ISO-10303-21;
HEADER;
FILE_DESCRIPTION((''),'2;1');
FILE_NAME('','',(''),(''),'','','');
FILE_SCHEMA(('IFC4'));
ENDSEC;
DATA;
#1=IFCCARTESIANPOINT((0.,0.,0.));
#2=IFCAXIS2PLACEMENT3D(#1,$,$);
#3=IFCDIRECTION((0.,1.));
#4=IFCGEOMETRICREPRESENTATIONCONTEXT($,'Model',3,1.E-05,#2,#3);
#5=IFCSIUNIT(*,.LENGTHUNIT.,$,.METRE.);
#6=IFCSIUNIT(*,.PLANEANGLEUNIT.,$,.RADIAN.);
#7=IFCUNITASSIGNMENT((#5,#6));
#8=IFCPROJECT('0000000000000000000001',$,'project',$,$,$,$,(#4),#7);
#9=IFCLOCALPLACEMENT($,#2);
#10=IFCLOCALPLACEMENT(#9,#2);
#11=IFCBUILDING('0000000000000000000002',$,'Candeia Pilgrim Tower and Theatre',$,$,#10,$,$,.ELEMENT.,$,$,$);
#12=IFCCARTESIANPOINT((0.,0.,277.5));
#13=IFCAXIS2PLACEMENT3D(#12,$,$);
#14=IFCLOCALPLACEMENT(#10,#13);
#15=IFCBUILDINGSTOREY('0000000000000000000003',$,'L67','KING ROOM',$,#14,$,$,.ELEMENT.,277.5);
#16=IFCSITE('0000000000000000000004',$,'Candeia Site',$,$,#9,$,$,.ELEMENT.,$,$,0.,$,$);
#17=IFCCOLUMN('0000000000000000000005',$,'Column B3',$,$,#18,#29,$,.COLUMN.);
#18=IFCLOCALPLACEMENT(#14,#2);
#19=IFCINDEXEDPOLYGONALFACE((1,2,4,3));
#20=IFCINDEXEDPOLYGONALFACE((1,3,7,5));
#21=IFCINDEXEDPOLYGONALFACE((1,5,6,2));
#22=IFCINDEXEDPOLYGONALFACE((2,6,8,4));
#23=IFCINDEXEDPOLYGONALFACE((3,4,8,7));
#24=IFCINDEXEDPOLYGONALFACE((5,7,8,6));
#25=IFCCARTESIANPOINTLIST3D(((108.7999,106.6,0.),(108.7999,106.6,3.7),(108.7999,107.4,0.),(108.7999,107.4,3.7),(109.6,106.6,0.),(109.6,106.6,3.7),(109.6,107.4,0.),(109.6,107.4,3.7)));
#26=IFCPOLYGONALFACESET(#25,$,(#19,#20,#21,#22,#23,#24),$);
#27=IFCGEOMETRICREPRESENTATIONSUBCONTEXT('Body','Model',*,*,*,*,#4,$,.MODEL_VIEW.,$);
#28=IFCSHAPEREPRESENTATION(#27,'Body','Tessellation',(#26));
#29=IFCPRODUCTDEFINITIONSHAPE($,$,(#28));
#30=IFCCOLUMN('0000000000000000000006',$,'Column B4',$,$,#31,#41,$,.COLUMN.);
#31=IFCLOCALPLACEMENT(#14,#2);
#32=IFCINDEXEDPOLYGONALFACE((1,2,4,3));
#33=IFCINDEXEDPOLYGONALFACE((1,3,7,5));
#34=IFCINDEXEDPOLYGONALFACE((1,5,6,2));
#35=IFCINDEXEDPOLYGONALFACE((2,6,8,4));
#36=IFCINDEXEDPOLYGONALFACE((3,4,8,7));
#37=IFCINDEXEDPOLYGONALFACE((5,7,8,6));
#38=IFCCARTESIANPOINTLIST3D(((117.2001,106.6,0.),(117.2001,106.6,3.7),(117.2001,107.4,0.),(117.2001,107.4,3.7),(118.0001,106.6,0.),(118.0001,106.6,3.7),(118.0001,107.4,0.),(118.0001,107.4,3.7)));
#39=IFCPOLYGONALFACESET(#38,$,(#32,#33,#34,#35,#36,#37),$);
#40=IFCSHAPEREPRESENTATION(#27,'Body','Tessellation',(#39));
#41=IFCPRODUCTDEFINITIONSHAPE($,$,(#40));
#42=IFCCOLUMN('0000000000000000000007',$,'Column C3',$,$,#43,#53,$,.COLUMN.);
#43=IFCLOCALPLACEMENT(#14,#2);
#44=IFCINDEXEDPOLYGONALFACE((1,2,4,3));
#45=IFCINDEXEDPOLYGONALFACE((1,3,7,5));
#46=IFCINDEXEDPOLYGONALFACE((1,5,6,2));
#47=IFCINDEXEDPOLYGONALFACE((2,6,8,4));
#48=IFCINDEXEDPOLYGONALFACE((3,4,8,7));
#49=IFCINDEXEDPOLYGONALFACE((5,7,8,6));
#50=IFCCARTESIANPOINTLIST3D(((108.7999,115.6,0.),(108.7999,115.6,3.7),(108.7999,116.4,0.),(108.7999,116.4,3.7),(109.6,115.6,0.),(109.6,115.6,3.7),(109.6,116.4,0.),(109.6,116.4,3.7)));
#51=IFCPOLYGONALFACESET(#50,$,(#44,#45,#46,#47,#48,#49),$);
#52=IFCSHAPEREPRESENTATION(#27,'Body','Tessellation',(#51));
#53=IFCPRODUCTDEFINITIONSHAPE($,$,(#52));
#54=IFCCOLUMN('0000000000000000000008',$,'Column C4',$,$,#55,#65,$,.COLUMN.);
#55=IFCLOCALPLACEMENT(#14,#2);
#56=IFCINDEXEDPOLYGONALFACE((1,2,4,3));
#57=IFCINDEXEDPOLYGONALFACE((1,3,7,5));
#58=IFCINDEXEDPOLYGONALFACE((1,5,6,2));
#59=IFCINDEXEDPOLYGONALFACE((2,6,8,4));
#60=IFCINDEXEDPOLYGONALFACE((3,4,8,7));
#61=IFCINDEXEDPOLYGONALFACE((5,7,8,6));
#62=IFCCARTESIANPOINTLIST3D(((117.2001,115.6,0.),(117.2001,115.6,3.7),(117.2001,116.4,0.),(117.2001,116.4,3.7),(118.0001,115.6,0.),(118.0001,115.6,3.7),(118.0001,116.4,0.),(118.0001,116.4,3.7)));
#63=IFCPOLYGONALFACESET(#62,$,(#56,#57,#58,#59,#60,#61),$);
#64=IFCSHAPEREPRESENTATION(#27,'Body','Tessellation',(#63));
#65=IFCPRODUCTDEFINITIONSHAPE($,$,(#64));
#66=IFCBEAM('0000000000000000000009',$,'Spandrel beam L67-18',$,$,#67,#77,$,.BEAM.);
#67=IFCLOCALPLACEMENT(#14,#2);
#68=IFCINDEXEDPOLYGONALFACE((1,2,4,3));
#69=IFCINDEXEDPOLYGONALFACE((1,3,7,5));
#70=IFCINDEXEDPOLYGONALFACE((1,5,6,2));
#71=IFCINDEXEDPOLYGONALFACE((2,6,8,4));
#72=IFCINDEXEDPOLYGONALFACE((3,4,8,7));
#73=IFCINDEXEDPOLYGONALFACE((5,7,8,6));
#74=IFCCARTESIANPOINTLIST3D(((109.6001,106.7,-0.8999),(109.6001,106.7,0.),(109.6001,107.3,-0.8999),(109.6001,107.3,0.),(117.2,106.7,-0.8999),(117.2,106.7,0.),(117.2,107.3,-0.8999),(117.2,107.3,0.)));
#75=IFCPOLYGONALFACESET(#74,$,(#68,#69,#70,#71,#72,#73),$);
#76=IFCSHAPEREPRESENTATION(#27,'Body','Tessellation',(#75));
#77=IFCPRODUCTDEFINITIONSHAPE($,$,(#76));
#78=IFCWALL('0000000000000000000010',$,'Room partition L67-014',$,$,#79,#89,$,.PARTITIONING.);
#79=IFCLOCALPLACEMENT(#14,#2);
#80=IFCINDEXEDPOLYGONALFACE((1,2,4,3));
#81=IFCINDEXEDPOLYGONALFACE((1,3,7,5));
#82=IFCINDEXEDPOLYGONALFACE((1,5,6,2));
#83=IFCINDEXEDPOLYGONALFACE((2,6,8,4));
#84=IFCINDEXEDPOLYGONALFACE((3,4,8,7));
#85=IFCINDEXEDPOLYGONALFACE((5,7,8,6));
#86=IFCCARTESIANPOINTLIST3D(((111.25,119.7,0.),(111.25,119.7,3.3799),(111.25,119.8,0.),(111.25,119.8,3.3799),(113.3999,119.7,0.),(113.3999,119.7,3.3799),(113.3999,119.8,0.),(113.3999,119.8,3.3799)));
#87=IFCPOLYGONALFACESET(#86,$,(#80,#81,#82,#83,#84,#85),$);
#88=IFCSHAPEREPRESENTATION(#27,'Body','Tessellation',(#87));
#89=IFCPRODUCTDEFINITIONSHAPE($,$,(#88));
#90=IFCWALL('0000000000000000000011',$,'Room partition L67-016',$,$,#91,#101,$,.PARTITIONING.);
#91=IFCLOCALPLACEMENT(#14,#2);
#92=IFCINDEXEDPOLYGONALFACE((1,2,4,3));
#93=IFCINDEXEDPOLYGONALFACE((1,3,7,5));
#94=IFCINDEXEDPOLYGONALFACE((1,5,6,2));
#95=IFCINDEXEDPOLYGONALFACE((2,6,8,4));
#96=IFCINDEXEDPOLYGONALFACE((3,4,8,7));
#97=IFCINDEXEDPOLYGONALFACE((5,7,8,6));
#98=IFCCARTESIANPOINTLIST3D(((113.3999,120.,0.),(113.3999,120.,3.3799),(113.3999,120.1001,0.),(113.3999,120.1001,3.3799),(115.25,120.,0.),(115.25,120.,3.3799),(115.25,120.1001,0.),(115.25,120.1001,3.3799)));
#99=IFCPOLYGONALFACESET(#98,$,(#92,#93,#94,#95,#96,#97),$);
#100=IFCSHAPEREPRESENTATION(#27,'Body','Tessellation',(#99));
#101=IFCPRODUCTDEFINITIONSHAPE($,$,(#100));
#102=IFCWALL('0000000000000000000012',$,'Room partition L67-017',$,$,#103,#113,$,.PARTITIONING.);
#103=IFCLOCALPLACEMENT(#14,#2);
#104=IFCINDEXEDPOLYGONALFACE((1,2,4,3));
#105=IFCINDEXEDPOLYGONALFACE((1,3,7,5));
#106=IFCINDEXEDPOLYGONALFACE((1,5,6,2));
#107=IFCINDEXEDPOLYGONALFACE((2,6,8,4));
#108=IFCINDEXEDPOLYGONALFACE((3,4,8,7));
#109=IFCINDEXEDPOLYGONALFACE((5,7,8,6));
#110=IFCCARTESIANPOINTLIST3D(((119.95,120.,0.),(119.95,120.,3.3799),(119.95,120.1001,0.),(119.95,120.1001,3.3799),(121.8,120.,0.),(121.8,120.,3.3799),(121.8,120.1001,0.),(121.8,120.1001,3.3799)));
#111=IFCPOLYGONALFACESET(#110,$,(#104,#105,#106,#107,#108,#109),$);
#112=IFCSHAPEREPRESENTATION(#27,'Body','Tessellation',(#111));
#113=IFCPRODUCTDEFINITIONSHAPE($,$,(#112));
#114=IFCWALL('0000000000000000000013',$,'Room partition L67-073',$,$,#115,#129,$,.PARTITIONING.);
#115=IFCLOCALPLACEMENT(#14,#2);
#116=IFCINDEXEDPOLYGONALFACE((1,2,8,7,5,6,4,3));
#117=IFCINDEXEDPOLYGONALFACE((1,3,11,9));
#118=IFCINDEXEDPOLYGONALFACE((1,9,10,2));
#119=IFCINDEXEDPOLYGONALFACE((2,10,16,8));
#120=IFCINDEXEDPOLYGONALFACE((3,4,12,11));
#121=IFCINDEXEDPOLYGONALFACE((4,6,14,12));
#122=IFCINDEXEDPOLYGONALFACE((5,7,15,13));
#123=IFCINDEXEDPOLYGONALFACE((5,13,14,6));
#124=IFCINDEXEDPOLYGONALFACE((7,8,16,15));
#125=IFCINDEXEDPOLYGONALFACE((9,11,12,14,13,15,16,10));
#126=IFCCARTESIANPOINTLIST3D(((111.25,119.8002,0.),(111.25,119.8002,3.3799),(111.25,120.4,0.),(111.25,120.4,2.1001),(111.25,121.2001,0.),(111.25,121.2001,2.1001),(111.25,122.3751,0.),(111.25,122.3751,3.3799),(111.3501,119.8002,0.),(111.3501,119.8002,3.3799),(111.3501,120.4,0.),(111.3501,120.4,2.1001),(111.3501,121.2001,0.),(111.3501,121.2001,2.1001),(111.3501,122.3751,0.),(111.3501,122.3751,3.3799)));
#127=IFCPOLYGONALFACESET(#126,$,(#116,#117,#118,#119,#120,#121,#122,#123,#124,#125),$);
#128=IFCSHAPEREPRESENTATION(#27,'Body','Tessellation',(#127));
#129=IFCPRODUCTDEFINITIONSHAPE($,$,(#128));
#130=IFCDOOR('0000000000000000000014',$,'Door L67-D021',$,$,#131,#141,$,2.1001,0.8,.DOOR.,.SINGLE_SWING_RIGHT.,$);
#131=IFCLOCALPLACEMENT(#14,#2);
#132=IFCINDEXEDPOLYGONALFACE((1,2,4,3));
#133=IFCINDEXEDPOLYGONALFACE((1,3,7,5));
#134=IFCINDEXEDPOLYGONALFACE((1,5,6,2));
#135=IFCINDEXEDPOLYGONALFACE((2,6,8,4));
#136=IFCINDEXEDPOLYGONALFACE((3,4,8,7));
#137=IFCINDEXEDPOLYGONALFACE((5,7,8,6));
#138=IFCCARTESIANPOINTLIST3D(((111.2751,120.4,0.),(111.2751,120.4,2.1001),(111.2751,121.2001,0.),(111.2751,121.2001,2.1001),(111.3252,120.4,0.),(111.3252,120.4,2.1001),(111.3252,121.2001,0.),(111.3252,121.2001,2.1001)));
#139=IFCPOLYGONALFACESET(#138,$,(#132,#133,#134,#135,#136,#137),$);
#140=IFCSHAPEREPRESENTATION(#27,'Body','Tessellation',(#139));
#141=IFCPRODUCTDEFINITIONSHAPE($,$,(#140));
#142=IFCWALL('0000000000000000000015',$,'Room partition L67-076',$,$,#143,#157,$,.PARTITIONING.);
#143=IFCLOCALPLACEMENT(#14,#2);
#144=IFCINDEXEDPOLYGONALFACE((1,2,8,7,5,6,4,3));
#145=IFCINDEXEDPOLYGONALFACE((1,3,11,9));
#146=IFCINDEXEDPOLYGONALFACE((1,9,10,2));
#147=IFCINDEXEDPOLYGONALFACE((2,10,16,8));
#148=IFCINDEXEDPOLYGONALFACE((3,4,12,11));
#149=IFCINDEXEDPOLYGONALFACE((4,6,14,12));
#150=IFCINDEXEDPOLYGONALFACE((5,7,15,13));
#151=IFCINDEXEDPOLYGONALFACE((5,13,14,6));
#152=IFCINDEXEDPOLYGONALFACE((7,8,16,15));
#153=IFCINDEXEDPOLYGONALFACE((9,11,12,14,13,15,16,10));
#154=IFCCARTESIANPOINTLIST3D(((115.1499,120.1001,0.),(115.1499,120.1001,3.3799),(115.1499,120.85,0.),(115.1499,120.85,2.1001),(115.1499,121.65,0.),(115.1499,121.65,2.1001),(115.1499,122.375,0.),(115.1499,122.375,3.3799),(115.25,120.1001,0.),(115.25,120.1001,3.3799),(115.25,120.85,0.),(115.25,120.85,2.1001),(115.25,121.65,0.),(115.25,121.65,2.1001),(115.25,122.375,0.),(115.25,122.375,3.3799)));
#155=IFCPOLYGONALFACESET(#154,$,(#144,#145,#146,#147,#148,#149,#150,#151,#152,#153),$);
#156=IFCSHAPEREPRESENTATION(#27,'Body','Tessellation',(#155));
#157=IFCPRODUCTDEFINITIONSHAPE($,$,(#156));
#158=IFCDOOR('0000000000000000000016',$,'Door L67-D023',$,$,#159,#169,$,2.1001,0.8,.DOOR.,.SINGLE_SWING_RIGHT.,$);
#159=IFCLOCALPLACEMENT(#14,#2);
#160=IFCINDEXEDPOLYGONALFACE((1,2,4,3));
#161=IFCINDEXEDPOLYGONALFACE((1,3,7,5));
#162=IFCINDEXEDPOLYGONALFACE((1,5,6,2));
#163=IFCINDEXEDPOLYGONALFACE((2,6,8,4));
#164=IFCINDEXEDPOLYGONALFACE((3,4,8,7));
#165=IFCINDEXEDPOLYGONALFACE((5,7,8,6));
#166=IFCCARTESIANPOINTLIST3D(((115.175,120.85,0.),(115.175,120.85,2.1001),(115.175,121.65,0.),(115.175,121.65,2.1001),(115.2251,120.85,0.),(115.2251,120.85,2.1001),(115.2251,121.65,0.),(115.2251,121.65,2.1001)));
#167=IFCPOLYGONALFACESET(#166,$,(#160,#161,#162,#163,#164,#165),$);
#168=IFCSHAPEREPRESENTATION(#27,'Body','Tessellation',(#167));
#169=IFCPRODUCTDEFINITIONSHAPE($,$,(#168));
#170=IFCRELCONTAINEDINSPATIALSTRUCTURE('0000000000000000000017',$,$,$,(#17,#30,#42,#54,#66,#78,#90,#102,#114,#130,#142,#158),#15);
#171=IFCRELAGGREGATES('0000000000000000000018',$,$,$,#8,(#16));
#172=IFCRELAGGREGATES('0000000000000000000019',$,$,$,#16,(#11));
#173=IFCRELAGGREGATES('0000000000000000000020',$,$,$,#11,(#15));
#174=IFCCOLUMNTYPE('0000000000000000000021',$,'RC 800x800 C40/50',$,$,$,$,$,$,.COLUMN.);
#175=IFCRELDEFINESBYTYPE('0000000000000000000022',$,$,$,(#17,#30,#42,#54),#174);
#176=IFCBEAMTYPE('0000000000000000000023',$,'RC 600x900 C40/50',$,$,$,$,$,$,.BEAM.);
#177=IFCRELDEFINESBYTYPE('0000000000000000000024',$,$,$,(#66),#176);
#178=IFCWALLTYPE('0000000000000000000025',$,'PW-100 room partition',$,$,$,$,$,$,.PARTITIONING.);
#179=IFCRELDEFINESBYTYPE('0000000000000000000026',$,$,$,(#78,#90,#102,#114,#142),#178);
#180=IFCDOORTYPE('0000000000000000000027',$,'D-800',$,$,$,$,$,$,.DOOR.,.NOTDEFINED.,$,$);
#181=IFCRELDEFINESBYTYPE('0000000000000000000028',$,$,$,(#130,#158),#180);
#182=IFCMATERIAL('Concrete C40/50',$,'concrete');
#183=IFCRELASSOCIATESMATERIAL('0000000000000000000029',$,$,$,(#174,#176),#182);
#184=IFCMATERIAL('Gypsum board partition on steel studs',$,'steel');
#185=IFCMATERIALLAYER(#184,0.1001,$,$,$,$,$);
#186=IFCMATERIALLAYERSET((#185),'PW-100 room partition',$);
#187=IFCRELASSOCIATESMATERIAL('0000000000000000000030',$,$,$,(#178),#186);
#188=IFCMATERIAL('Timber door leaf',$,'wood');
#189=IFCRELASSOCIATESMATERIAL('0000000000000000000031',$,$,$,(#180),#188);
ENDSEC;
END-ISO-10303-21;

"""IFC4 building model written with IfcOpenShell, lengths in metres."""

from ifc_helpers import new_model, si_unit, direction, frame, frame_2d, origin, origin_2d, place, context, subcontext, project, spatial, rectangle, extrude, material, layer, layer_set, material_profile, profile_set, type_object, element, fill, save


model = new_model("IFC4")

# Units and contexts
model_context = context("Model", 3, precision=1e-05, world=origin(), true_north=direction((0.0, 1.0)))
body_context = subcontext(model_context, "Body", "Model", "MODEL_VIEW")
ifc_project = project(units=[si_unit("LENGTHUNIT", "METRE"), si_unit("PLANEANGLEUNIT", "RADIAN")], contexts=[model_context])

# Site, building, storey
site_placement = place(None, origin())
site = spatial("IfcSite", under=ifc_project, at=site_placement, Name="Candeia Site", CompositionType="ELEMENT", RefElevation=0.0)
building_placement = place(site_placement, origin())
building = spatial("IfcBuilding", under=site, at=building_placement, Name="Candeia Pilgrim Tower and Theatre", CompositionType="ELEMENT")
storey_placement = place(building_placement, frame((0.0, 0.0, 277.5)))
storey = spatial("IfcBuildingStorey", under=building, at=storey_placement, Name="L67", Description="KING ROOM", CompositionType="ELEMENT", Elevation=277.5)

# Columns
ifc_material_1 = material(Name="Concrete C40/50", Category="concrete")
ifc_material_profile_1 = material_profile(ifc_material_1, rectangle(XDim=0.8, YDim=0.8, at=origin_2d()))
ifc_profile_set_1 = profile_set([ifc_material_profile_1], Name="Concrete C40/50")
column_type = type_object("IfcColumnType", Name="RC 800x800 C40/50", PredefinedType="COLUMN", material=ifc_profile_set_1)
for number, where, z_axis, x_axis, name in (
    (1, (109.2, 107.0, 0.0), (0.0, 0.0, 1.0), (1.0, 0.0, 0.0), "Column B3"),
    (2, (117.6001, 107.0, 0.0), (0.0, 0.0, 1.0), (1.0, 0.0, 0.0), "Column B4"),
    (3, (109.2, 116.0, 0.0), (0.0, 0.0, 1.0), (1.0, 0.0, 0.0), "Column C3"),
    (4, (117.6001, 116.0, 0.0), (0.0, 0.0, 1.0), (1.0, 0.0, 0.0), "Column C4"),
):
    element("IfcColumn", number, at=place(storey_placement, frame(where, z_axis=z_axis, x_axis=x_axis)), inside=storey, type_object=column_type, Name=name, PredefinedType="COLUMN", context=body_context, shape_type="SweptSolid", body=[
        extrude(rectangle(XDim=0.8, YDim=0.8, at=origin_2d()), origin(), (0.0, 0.0, 1.0), 3.7),
    ])

# Beam
ifc_material_profile_2 = material_profile(ifc_material_1, rectangle(XDim=0.6001, YDim=0.8999, at=origin_2d()))
ifc_profile_set_2 = profile_set([ifc_material_profile_2], Name="Concrete C40/50")
beam_type = type_object("IfcBeamType", Name="RC 600x900 C40/50", PredefinedType="BEAM", material=ifc_profile_set_2)
beam_placement = place(storey_placement, frame((117.2, 107.0, -0.45), z_axis=(-1.0, 0.0, 0.0), x_axis=(0.0, -1.0, 0.0)))
element("IfcBeam", 5, at=beam_placement, inside=storey, type_object=beam_type, Name="Spandrel beam L67-18", PredefinedType="BEAM", context=body_context, shape_type="SweptSolid", body=[
    extrude(rectangle(XDim=0.6001, YDim=0.8999, at=origin_2d()), origin(), (0.0, 0.0, 1.0), 7.5999),
])

# Walls
ifc_material_2 = material(Name="Gypsum board partition on steel studs", Category="steel")
ifc_layer_1 = layer(ifc_material_2, 0.1001)
ifc_layer_set_1 = layer_set([ifc_layer_1], Name="PW-100 room partition")
wall_type_1 = type_object("IfcWallType", Name="PW-100 room partition", PredefinedType="PARTITIONING", material=ifc_layer_set_1)
wall_1_placement = place(storey_placement, frame((111.25, 119.75, 0.0), z_axis=(0.0, 0.0, 1.0), x_axis=(1.0, 0.0, 0.0)))
element("IfcWall", 6, at=wall_1_placement, inside=storey, type_object=wall_type_1, Name="Room partition L67-014", PredefinedType="PARTITIONING", context=body_context, shape_type="SweptSolid", body=[
    extrude(rectangle(XDim=2.1499, YDim=0.1001, at=frame_2d((1.075, 0.0))), origin(), (0.0, 0.0, 1.0), 3.3799),
])
for number, where, z_axis, x_axis, name in (
    (7, (113.3999, 120.05, 0.0), (0.0, 0.0, 1.0), (1.0, 0.0, 0.0), "Room partition L67-016"),
    (8, (119.95, 120.05, 0.0), (0.0, 0.0, 1.0), (1.0, 0.0, 0.0), "Room partition L67-017"),
):
    element("IfcWall", number, at=place(storey_placement, frame(where, z_axis=z_axis, x_axis=x_axis)), inside=storey, type_object=wall_type_1, Name=name, PredefinedType="PARTITIONING", context=body_context, shape_type="SweptSolid", body=[
        extrude(rectangle(XDim=1.8501, YDim=0.1001, at=frame_2d((0.925, 0.0))), origin(), (0.0, 0.0, 1.0), 3.3799),
    ])

# Walls, openings, doors
wall_2_placement = place(storey_placement, frame((111.3, 119.8, 0.0), z_axis=(0.0, 0.0, 1.0), x_axis=(0.0, 1.0, 0.0)))
wall_2 = element("IfcWall", 9, at=wall_2_placement, inside=storey, type_object=wall_type_1, Name="Room partition L67-073", PredefinedType="PARTITIONING", context=body_context, shape_type="SweptSolid", body=[
    extrude(rectangle(XDim=2.575, YDim=0.1001, at=frame_2d((1.2876, 0.0))), origin(), (0.0, 0.0, 1.0), 3.3799),
])
opening_1_placement = place(wall_2_placement, frame((0.6001, 0.0, 0.0)))
opening_1 = element("IfcOpeningElement", 10, at=opening_1_placement, cuts=wall_2, PredefinedType="OPENING", context=body_context, shape_type="SweptSolid", body=[
    extrude(rectangle(XDim=0.8, YDim=2.1001, at=frame_2d((0.3999, 1.05))), frame((0.0, 0.0601, 0.0), z_axis=(0.0, -1.0, 0.0), x_axis=(1.0, 0.0, 0.0)), (0.0, 0.0, 1.0), 0.1201),
])
ifc_material_3 = material(Name="Timber door leaf", Category="wood")
door_type_1 = type_object("IfcDoorType", Name="D-800", OperationType="NOTDEFINED", PredefinedType="DOOR", material=ifc_material_3)
door_1_placement = place(opening_1_placement, origin())
door_1 = element("IfcDoor", 11, at=door_1_placement, inside=storey, type_object=door_type_1, Name="Door L67-D021", OperationType="SINGLE_SWING_RIGHT", OverallHeight=2.1001, OverallWidth=0.8, PredefinedType="DOOR", context=body_context, shape_type="SweptSolid", body=[
    extrude(rectangle(XDim=0.8, YDim=2.1001, at=frame_2d((0.3999, 1.05))), frame((0.0, 0.0249, 0.0), z_axis=(0.0, -1.0, 0.0), x_axis=(1.0, 0.0, 0.0)), (0.0, 0.0, 1.0), 0.05),
])
fill(opening_1, door_1)
wall_3_placement = place(storey_placement, frame((115.2, 120.1001, 0.0), z_axis=(0.0, 0.0, 1.0), x_axis=(0.0, 1.0, 0.0)))
wall_3 = element("IfcWall", 12, at=wall_3_placement, inside=storey, type_object=wall_type_1, Name="Room partition L67-076", PredefinedType="PARTITIONING", context=body_context, shape_type="SweptSolid", body=[
    extrude(rectangle(XDim=2.2749, YDim=0.1001, at=frame_2d((1.1375, 0.0))), origin(), (0.0, 0.0, 1.0), 3.3799),
])
opening_2_placement = place(wall_3_placement, frame((0.75, 0.0, 0.0)))
opening_2 = element("IfcOpeningElement", 13, at=opening_2_placement, cuts=wall_3, PredefinedType="OPENING", context=body_context, shape_type="SweptSolid", body=[
    extrude(rectangle(XDim=0.8, YDim=2.1001, at=frame_2d((0.3999, 1.05))), frame((0.0, 0.0601, 0.0), z_axis=(0.0, -1.0, 0.0), x_axis=(1.0, 0.0, 0.0)), (0.0, 0.0, 1.0), 0.1201),
])
door_2_placement = place(opening_2_placement, origin())
door_2 = element("IfcDoor", 14, at=door_2_placement, inside=storey, type_object=door_type_1, Name="Door L67-D023", OperationType="SINGLE_SWING_RIGHT", OverallHeight=2.1001, OverallWidth=0.8, PredefinedType="DOOR", context=body_context, shape_type="SweptSolid", body=[
    extrude(rectangle(XDim=0.8, YDim=2.1001, at=frame_2d((0.3999, 1.05))), frame((0.0, 0.0249, 0.0), z_axis=(0.0, -1.0, 0.0), x_axis=(1.0, 0.0, 0.0)), (0.0, 0.0, 1.0), 0.05),
])
fill(opening_2, door_2)

save(model, "model.ifc")
